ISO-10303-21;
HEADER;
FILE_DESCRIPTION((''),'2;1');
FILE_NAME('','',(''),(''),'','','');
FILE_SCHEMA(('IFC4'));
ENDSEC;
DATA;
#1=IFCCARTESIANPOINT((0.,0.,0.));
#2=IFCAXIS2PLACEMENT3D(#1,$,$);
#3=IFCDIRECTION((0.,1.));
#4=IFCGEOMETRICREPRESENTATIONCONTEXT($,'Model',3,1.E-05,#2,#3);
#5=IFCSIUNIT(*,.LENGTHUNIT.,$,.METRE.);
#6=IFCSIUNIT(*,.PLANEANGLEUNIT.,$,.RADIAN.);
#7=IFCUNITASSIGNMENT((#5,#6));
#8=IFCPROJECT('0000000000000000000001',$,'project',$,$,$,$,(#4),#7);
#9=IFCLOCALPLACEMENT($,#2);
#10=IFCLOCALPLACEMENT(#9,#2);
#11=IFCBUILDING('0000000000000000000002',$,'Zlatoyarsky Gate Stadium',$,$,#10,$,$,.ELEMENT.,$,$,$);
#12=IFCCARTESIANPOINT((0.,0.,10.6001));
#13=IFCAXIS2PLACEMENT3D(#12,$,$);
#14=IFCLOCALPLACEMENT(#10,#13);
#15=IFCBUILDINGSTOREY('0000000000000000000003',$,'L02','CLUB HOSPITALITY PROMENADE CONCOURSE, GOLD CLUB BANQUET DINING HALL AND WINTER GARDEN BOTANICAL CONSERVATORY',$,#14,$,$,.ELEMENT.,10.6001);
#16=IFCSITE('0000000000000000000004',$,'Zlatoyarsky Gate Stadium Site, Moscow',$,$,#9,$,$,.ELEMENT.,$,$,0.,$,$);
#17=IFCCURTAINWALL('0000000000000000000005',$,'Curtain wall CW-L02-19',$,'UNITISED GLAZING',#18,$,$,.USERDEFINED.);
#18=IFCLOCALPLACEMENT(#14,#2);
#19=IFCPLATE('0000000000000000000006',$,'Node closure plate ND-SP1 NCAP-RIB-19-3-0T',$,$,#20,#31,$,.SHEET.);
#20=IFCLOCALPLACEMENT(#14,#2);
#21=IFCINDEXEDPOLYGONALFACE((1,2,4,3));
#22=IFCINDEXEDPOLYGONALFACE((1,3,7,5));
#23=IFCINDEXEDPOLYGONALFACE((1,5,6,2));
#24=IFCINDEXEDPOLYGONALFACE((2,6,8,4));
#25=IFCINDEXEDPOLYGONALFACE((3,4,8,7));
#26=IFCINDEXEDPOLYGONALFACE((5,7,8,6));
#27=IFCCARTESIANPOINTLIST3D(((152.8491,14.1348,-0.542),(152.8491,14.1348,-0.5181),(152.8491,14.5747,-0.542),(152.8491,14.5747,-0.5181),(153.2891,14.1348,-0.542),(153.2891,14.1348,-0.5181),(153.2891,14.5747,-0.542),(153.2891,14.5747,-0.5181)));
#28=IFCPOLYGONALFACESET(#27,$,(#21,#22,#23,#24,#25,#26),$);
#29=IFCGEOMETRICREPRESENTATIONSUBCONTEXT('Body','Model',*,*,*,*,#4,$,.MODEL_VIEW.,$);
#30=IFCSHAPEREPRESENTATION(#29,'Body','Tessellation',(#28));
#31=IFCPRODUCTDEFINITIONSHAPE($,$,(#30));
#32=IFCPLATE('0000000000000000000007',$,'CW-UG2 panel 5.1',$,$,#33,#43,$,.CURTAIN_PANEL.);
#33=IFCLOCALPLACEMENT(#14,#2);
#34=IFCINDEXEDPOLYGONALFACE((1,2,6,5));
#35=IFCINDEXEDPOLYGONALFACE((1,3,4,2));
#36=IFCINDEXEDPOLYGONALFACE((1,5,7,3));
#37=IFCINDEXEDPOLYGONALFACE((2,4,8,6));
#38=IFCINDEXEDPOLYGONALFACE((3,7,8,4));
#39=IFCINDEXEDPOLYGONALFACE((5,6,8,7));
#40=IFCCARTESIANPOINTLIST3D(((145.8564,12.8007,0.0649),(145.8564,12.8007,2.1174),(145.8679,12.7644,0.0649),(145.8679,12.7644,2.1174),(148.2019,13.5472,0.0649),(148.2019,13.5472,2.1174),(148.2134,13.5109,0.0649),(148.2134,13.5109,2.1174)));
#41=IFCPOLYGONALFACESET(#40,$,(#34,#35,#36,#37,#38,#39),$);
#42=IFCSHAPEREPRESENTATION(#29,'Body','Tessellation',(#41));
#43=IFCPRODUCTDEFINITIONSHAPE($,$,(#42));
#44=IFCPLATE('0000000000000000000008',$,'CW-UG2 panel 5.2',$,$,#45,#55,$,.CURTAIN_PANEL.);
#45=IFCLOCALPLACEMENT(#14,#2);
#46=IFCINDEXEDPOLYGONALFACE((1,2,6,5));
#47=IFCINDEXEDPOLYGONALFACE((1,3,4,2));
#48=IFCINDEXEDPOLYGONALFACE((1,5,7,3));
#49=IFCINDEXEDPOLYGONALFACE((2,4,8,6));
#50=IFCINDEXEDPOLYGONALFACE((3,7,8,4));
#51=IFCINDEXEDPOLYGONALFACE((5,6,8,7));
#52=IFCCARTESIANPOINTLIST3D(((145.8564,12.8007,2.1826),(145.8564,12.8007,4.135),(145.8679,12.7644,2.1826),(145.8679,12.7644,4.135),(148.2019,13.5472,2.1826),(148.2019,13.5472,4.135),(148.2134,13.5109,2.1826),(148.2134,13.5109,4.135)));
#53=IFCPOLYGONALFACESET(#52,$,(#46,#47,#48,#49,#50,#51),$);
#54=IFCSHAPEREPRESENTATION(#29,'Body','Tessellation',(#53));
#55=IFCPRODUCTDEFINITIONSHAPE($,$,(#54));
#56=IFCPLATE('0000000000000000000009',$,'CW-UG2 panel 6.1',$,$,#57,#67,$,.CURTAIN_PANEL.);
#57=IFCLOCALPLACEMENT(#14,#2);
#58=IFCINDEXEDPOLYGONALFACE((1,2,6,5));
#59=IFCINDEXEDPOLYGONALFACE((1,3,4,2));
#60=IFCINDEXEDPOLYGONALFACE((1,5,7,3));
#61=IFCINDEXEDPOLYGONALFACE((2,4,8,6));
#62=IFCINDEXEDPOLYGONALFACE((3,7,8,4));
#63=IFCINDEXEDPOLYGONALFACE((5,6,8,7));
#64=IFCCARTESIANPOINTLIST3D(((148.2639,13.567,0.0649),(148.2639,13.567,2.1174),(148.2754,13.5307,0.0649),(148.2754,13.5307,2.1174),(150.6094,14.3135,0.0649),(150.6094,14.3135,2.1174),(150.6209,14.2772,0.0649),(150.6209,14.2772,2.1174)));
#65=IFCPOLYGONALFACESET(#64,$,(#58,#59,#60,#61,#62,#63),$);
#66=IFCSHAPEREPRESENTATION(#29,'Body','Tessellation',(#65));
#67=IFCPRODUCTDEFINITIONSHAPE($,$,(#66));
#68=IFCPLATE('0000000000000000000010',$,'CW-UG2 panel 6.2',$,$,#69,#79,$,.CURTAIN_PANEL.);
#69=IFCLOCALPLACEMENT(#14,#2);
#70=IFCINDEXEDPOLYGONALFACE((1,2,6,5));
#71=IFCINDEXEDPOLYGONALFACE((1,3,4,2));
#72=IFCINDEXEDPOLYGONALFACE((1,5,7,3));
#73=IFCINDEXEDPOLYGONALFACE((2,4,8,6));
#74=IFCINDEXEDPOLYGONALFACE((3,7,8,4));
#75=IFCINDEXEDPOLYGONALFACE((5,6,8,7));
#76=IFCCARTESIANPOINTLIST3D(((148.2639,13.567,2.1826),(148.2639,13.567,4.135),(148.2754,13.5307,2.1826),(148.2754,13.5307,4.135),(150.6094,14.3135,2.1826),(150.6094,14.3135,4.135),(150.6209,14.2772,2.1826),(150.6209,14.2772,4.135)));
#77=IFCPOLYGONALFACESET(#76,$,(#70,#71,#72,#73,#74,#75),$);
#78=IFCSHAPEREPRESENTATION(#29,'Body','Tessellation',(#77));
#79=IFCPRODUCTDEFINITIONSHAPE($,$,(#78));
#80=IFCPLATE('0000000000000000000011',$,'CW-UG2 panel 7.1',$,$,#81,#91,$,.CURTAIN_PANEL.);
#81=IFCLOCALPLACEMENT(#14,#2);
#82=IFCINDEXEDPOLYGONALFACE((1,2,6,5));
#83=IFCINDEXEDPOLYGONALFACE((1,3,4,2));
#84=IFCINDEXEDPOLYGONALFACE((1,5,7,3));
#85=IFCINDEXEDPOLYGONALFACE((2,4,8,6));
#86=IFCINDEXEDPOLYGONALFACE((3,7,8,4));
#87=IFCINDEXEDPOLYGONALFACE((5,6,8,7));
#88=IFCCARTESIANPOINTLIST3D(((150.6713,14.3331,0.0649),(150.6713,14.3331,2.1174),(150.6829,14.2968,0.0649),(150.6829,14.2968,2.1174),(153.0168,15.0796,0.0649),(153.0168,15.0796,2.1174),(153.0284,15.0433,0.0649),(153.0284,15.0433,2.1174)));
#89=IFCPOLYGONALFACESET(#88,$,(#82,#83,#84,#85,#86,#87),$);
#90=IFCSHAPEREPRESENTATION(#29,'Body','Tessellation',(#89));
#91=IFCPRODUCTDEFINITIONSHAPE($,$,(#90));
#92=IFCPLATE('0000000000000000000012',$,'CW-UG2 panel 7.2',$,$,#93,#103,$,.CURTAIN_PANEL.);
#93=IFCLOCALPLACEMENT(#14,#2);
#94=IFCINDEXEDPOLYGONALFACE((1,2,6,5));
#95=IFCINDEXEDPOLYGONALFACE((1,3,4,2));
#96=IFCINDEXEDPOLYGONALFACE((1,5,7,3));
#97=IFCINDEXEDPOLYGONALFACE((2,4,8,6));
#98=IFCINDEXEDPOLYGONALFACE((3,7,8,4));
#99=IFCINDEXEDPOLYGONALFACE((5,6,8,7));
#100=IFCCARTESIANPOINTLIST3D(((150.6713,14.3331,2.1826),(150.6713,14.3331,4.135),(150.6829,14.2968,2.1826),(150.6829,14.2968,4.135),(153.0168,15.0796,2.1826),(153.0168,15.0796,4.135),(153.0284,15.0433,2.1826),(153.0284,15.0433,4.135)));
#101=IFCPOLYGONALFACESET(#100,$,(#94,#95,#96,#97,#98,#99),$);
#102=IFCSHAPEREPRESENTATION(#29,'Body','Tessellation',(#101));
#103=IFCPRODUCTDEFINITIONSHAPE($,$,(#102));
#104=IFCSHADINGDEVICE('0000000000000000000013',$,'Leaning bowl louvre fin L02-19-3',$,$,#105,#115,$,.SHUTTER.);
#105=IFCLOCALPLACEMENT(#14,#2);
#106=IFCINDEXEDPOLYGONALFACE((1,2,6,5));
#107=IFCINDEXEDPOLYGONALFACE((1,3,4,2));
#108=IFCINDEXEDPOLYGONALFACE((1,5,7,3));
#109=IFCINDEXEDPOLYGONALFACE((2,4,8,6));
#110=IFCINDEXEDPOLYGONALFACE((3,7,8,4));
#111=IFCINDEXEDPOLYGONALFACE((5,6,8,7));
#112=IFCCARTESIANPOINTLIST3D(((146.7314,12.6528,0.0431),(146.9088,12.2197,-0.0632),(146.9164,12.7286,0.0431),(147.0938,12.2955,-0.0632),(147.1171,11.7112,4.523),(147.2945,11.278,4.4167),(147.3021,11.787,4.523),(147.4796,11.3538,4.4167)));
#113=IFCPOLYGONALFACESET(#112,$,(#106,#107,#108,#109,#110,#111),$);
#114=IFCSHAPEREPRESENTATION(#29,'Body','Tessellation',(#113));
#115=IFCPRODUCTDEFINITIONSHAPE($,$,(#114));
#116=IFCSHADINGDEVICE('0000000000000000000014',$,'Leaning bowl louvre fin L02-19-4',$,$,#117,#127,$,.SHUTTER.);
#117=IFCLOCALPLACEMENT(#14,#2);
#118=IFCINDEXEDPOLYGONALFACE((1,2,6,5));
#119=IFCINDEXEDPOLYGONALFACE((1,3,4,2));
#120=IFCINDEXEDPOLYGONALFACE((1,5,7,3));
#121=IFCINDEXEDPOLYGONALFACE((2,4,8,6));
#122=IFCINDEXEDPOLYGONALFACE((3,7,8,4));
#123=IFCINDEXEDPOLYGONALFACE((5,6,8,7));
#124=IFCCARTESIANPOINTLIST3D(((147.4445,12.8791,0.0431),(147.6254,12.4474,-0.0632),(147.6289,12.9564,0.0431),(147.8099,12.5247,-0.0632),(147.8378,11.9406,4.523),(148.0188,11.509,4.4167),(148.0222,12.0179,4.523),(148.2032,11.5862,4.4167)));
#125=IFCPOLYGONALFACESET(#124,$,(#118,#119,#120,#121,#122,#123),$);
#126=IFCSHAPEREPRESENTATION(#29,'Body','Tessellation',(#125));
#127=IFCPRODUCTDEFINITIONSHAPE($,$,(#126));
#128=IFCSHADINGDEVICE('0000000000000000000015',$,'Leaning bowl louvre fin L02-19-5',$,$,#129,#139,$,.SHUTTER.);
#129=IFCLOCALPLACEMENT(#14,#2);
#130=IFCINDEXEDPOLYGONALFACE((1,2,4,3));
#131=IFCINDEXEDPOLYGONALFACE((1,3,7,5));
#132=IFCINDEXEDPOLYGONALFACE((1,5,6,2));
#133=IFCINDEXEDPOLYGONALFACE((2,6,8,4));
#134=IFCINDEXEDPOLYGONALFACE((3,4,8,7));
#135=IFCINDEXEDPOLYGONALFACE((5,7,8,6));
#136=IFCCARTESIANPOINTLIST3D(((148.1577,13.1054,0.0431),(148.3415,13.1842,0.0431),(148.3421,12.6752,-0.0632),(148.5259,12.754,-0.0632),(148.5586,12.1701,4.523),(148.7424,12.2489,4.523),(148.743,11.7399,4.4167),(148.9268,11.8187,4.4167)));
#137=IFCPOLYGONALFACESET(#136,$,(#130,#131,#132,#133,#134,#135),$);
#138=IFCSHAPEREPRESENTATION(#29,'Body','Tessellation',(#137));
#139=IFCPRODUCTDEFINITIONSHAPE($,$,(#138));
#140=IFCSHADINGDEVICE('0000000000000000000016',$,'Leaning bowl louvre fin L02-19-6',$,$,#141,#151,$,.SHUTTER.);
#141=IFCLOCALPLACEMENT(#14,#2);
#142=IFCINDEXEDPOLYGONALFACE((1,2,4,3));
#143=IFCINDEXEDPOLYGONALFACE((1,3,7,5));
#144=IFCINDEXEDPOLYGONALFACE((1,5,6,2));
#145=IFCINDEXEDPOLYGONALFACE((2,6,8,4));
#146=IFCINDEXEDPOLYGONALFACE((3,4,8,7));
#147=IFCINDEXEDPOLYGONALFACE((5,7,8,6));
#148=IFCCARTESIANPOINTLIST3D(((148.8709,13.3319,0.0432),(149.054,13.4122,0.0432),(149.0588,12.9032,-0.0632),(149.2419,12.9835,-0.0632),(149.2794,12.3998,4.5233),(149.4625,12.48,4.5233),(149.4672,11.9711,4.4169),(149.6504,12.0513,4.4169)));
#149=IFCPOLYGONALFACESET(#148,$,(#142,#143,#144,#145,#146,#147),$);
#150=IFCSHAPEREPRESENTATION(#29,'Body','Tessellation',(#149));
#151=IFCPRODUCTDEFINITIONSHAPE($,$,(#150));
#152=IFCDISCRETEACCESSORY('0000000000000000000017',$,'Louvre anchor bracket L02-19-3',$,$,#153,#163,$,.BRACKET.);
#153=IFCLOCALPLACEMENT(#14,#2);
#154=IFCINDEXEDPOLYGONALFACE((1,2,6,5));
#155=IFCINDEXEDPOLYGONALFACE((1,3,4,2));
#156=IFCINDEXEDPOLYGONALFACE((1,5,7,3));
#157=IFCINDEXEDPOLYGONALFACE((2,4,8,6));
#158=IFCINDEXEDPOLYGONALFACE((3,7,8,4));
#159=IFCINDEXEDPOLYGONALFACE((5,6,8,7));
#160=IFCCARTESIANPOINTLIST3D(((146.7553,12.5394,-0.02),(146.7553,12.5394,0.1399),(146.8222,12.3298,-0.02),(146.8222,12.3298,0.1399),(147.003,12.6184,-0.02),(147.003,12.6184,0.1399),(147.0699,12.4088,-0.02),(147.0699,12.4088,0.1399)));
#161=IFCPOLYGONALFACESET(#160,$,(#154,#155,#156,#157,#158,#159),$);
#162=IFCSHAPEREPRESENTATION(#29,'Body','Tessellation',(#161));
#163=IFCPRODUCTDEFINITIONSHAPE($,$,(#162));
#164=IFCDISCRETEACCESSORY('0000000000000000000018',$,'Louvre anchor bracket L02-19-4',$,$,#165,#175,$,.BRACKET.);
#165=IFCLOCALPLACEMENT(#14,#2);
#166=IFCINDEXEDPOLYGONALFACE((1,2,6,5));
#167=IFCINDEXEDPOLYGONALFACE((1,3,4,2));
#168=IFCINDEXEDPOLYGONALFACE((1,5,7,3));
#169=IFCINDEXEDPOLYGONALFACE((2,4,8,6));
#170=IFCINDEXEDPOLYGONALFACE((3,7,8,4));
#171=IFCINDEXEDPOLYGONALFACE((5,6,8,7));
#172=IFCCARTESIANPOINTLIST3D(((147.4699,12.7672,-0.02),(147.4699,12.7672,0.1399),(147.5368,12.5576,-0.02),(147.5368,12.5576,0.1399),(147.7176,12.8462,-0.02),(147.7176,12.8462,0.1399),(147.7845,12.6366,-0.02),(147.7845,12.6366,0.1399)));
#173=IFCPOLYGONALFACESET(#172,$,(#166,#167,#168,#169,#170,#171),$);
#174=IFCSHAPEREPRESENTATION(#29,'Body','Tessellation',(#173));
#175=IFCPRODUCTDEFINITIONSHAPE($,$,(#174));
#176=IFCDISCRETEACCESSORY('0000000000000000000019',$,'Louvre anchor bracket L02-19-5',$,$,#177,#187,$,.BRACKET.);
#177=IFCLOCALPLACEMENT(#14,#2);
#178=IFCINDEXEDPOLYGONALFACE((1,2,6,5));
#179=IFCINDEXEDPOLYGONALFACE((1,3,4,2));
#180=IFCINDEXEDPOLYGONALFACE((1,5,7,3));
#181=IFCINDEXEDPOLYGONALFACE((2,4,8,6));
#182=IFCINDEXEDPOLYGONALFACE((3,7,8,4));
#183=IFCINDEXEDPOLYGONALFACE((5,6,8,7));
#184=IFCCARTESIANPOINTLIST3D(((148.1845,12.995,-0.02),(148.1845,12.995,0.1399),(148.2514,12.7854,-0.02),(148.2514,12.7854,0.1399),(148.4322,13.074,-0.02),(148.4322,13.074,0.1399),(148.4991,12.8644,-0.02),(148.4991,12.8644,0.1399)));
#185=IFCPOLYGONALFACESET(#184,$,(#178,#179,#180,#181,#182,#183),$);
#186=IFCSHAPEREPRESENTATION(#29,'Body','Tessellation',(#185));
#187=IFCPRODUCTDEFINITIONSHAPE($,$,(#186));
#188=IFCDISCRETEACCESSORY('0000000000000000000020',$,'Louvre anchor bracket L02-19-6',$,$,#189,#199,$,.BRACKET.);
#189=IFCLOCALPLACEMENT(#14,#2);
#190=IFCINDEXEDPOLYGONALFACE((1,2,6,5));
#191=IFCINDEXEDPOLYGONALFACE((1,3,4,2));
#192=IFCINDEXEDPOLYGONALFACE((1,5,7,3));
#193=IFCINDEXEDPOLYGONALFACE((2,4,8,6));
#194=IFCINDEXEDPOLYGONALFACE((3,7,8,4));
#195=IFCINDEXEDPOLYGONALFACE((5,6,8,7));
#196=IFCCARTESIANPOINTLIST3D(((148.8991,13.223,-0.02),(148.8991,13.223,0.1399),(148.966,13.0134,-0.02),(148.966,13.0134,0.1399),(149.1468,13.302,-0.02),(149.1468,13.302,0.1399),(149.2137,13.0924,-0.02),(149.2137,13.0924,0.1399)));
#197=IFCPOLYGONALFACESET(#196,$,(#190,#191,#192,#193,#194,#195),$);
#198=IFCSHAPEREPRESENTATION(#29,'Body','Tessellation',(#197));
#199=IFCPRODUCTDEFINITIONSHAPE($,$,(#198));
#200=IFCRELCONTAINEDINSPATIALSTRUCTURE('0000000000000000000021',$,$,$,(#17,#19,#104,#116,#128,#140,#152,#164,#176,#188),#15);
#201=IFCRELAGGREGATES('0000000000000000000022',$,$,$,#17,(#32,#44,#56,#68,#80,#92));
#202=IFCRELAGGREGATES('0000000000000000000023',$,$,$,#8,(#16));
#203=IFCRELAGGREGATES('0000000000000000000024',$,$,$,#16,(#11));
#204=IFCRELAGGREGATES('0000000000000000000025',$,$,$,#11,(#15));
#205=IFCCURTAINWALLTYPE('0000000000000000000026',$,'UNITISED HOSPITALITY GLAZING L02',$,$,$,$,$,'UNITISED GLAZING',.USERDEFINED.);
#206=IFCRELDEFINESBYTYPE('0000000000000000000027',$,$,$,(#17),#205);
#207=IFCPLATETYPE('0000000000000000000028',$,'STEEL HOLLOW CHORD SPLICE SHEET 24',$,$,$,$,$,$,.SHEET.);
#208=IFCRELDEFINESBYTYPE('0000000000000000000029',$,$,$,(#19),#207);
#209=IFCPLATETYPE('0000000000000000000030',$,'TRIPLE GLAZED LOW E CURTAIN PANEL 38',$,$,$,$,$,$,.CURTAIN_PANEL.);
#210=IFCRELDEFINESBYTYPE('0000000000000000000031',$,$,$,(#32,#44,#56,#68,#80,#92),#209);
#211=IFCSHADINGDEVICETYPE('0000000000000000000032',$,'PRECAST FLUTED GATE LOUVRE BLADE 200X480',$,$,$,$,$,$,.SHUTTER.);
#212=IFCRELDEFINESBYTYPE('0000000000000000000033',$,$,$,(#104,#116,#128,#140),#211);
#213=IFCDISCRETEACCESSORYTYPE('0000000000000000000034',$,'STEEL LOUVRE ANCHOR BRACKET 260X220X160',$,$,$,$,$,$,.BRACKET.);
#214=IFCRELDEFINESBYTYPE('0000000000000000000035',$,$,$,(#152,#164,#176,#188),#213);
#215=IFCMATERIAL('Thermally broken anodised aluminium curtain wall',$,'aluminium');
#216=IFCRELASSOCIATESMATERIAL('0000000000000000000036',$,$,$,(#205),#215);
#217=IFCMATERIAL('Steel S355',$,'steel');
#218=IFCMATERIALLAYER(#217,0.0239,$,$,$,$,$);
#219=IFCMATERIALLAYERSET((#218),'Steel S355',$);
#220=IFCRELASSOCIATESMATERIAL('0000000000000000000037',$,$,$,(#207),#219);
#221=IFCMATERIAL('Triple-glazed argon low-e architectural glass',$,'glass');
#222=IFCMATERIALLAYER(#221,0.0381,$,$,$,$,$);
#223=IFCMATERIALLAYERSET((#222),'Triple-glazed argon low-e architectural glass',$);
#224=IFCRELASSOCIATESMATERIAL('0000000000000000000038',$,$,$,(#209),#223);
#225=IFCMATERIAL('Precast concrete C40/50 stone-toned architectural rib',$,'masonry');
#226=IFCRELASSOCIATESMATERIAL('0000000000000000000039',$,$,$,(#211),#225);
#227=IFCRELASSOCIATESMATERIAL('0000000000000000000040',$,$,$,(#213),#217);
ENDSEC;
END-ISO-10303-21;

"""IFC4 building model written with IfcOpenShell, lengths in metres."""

from ifc_helpers import new_model, si_unit, direction, frame, origin, origin_2d, place, context, subcontext, project, spatial, rectangle, extrude, material, layer, layer_set, material_profile, profile_set, type_object, element, aggregate, save


model = new_model("IFC4")

# Units and contexts
model_context = context("Model", 3, precision=1e-05, world=origin(), true_north=direction((0.0, 1.0)))
body_context = subcontext(model_context, "Body", "Model", "MODEL_VIEW")
ifc_project = project(units=[si_unit("LENGTHUNIT", "METRE"), si_unit("PLANEANGLEUNIT", "RADIAN")], contexts=[model_context])

# Site, building, storey
site_placement = place(None, origin())
site = spatial("IfcSite", under=ifc_project, at=site_placement, Name="Zlatoyarsky Gate Stadium Site, Moscow", CompositionType="ELEMENT", RefElevation=0.0)
building_placement = place(site_placement, origin())
building = spatial("IfcBuilding", under=site, at=building_placement, Name="Zlatoyarsky Gate Stadium", CompositionType="ELEMENT")
storey_placement = place(building_placement, frame((0.0, 0.0, 10.6001)))
storey = spatial("IfcBuildingStorey", under=building, at=storey_placement, Name="L02", Description="CLUB HOSPITALITY PROMENADE CONCOURSE, GOLD CLUB BANQUET DINING HALL AND WINTER GARDEN BOTANICAL CONSERVATORY", CompositionType="ELEMENT", Elevation=10.6001)

# Curtain wall
ifc_material_1 = material(Name="Thermally broken anodised aluminium curtain wall", Category="aluminium")
curtain_wall_type = type_object("IfcCurtainWallType", Name="UNITISED HOSPITALITY GLAZING L02", ElementType="UNITISED GLAZING", PredefinedType="USERDEFINED", material=ifc_material_1)
curtain_wall_placement = place(storey_placement, origin())
curtain_wall = element("IfcCurtainWall", 1, at=curtain_wall_placement, inside=storey, type_object=curtain_wall_type, Name="Curtain wall CW-L02-19", ObjectType="UNITISED GLAZING", PredefinedType="USERDEFINED")

# Shared definitions
ifc_material_2 = material(Name="Steel S355", Category="steel")

# Plate
ifc_layer_1 = layer(ifc_material_2, 0.0239)
ifc_layer_set_1 = layer_set([ifc_layer_1], Name="Steel S355")
plate_type_1 = type_object("IfcPlateType", Name="STEEL HOLLOW CHORD SPLICE SHEET 24", PredefinedType="SHEET", material=ifc_layer_set_1)
for number, where, z_axis, x_axis, name in (
    (2, (153.0691, 14.3547, -0.542), (0.0, 0.0, 1.0), (1.0, 0.0, 0.0), "Node closure plate ND-SP1 NCAP-RIB-19-3-0T"),
):
    element("IfcPlate", number, at=place(storey_placement, frame(where, z_axis=z_axis, x_axis=x_axis)), inside=storey, type_object=plate_type_1, Name=name, PredefinedType="SHEET", context=body_context, shape_type="SweptSolid", body=[
        extrude(rectangle(XDim=0.4399, YDim=0.4399, at=origin_2d()), origin(), (0.0, 0.0, 1.0), 0.0239),
    ])

# Plates
ifc_material_3 = material(Name="Triple-glazed argon low-e architectural glass", Category="glass")
ifc_layer_2 = layer(ifc_material_3, 0.0381)
ifc_layer_set_2 = layer_set([ifc_layer_2], Name="Triple-glazed argon low-e architectural glass")
plate_type_2 = type_object("IfcPlateType", Name="TRIPLE GLAZED LOW E CURTAIN PANEL 38", PredefinedType="CURTAIN_PANEL", material=ifc_layer_set_2)
plate_1_placement = place(storey_placement, frame((147.0349, 13.1558, 0.0649), z_axis=(0.0, 0.0, 1.0), x_axis=(0.952902, 0.303278, 0.0)))
plate_1 = element("IfcPlate", 3, at=plate_1_placement, type_object=plate_type_2, Name="CW-UG2 panel 5.1", PredefinedType="CURTAIN_PANEL", context=body_context, shape_type="SweptSolid", body=[
    extrude(rectangle(XDim=2.4614, YDim=0.0381, at=origin_2d()), origin(), (0.0, 0.0, 1.0), 2.0525),
])
plate_2_placement = place(storey_placement, frame((147.0349, 13.1558, 2.1826), z_axis=(0.0, 0.0, 1.0), x_axis=(0.952902, 0.303278, 0.0)))
plate_2 = element("IfcPlate", 4, at=plate_2_placement, type_object=plate_type_2, Name="CW-UG2 panel 5.2", PredefinedType="CURTAIN_PANEL", context=body_context, shape_type="SweptSolid", body=[
    extrude(rectangle(XDim=2.4614, YDim=0.0381, at=origin_2d()), origin(), (0.0, 0.0, 1.0), 1.9524),
])
plate_3_placement = place(storey_placement, frame((149.4424, 13.9221, 0.0649), z_axis=(0.0, 0.0, 1.0), x_axis=(0.952902, 0.303278, 0.0)))
plate_3 = element("IfcPlate", 5, at=plate_3_placement, type_object=plate_type_2, Name="CW-UG2 panel 6.1", PredefinedType="CURTAIN_PANEL", context=body_context, shape_type="SweptSolid", body=[
    extrude(rectangle(XDim=2.4614, YDim=0.0381, at=origin_2d()), origin(), (0.0, 0.0, 1.0), 2.0525),
])
plate_4_placement = place(storey_placement, frame((149.4424, 13.9221, 2.1826), z_axis=(0.0, 0.0, 1.0), x_axis=(0.952902, 0.303278, 0.0)))
plate_4 = element("IfcPlate", 6, at=plate_4_placement, type_object=plate_type_2, Name="CW-UG2 panel 6.2", PredefinedType="CURTAIN_PANEL", context=body_context, shape_type="SweptSolid", body=[
    extrude(rectangle(XDim=2.4614, YDim=0.0381, at=origin_2d()), origin(), (0.0, 0.0, 1.0), 1.9524),
])
plate_5_placement = place(storey_placement, frame((151.8499, 14.6882, 0.0649), z_axis=(0.0, 0.0, 1.0), x_axis=(0.952902, 0.303278, 0.0)))
plate_5 = element("IfcPlate", 7, at=plate_5_placement, type_object=plate_type_2, Name="CW-UG2 panel 7.1", PredefinedType="CURTAIN_PANEL", context=body_context, shape_type="SweptSolid", body=[
    extrude(rectangle(XDim=2.4614, YDim=0.0381, at=origin_2d()), origin(), (0.0, 0.0, 1.0), 2.0525),
])
plate_6_placement = place(storey_placement, frame((151.8499, 14.6882, 2.1826), z_axis=(0.0, 0.0, 1.0), x_axis=(0.952902, 0.303278, 0.0)))
plate_6 = element("IfcPlate", 8, at=plate_6_placement, type_object=plate_type_2, Name="CW-UG2 panel 7.2", PredefinedType="CURTAIN_PANEL", context=body_context, shape_type="SweptSolid", body=[
    extrude(rectangle(XDim=2.4614, YDim=0.0381, at=origin_2d()), origin(), (0.0, 0.0, 1.0), 1.9524),
])
aggregate(curtain_wall, [plate_1, plate_2, plate_3, plate_4, plate_5, plate_6])

# Shading devices
ifc_material_4 = material(Name="Precast concrete C40/50 stone-toned architectural rib", Category="masonry")
ifc_material_profile_1 = material_profile(ifc_material_4, rectangle(XDim=0.2, YDim=0.48, at=origin_2d()), Name="RIB 200X480")
ifc_profile_set_1 = profile_set([ifc_material_profile_1], Name="Precast concrete C40/50 stone-toned architectural rib")
shading_device_type = type_object("IfcShadingDeviceType", Name="PRECAST FLUTED GATE LOUVRE BLADE 200X480", PredefinedType="SHUTTER", material=ifc_profile_set_1)
for number, where, z_axis, x_axis, name in (
    (9, (146.9126, 12.4741, -0.01), (0.083965, -0.20497, 0.97516), (0.925367, 0.379072, 0.0), "Leaning bowl louvre fin L02-19-3"),
    (10, (147.6272, 12.7019, -0.01), (0.085612, -0.204279, 0.975162), (0.92228, 0.386523, 0.0), "Leaning bowl louvre fin L02-19-4"),
    (11, (148.3418, 12.9297, -0.01), (0.08726, -0.203588, 0.97516), (0.919133, 0.393948, 0.0), "Leaning bowl louvre fin L02-19-5"),
):
    element("IfcShadingDevice", number, at=place(storey_placement, frame(where, z_axis=z_axis, x_axis=x_axis)), inside=storey, type_object=shading_device_type, Name=name, PredefinedType="SHUTTER", context=body_context, shape_type="SweptSolid", body=[
        extrude(rectangle(XDim=0.2, YDim=0.48, at=origin_2d()), origin(), (0.0, 0.0, 1.0), 4.594),
    ])
shading_device_placement = place(storey_placement, frame((149.0564, 13.1577, -0.01), z_axis=(0.088907, -0.202896, 0.975156), x_axis=(0.915926, 0.401347, 0.0)))
element("IfcShadingDevice", 12, at=shading_device_placement, inside=storey, type_object=shading_device_type, Name="Leaning bowl louvre fin L02-19-6", PredefinedType="SHUTTER", context=body_context, shape_type="SweptSolid", body=[
    extrude(rectangle(XDim=0.2, YDim=0.48, at=origin_2d()), origin(), (0.0, 0.0, 1.0), 4.5942),
])

# Discrete accessories
discrete_accessory_type = type_object("IfcDiscreteAccessoryType", Name="STEEL LOUVRE ANCHOR BRACKET 260X220X160", PredefinedType="BRACKET", material=ifc_material_2)
for number, where, z_axis, x_axis, name in (
    (13, (146.9126, 12.4741, -0.02), (0.0, 0.0, 1.0), (0.952731, 0.303815, 0.0), "Louvre anchor bracket L02-19-3"),
    (14, (147.6272, 12.7019, -0.02), (0.0, 0.0, 1.0), (0.952731, 0.303815, 0.0), "Louvre anchor bracket L02-19-4"),
    (15, (148.3418, 12.9297, -0.02), (0.0, 0.0, 1.0), (0.952731, 0.303815, 0.0), "Louvre anchor bracket L02-19-5"),
    (16, (149.0564, 13.1577, -0.02), (0.0, 0.0, 1.0), (0.952731, 0.303815, 0.0), "Louvre anchor bracket L02-19-6"),
):
    element("IfcDiscreteAccessory", number, at=place(storey_placement, frame(where, z_axis=z_axis, x_axis=x_axis)), inside=storey, type_object=discrete_accessory_type, Name=name, PredefinedType="BRACKET", context=body_context, shape_type="SweptSolid", body=[
        extrude(rectangle(XDim=0.26, YDim=0.22, at=origin_2d()), origin(), (0.0, 0.0, 1.0), 0.1599),
    ])

save(model, "model.ifc")
